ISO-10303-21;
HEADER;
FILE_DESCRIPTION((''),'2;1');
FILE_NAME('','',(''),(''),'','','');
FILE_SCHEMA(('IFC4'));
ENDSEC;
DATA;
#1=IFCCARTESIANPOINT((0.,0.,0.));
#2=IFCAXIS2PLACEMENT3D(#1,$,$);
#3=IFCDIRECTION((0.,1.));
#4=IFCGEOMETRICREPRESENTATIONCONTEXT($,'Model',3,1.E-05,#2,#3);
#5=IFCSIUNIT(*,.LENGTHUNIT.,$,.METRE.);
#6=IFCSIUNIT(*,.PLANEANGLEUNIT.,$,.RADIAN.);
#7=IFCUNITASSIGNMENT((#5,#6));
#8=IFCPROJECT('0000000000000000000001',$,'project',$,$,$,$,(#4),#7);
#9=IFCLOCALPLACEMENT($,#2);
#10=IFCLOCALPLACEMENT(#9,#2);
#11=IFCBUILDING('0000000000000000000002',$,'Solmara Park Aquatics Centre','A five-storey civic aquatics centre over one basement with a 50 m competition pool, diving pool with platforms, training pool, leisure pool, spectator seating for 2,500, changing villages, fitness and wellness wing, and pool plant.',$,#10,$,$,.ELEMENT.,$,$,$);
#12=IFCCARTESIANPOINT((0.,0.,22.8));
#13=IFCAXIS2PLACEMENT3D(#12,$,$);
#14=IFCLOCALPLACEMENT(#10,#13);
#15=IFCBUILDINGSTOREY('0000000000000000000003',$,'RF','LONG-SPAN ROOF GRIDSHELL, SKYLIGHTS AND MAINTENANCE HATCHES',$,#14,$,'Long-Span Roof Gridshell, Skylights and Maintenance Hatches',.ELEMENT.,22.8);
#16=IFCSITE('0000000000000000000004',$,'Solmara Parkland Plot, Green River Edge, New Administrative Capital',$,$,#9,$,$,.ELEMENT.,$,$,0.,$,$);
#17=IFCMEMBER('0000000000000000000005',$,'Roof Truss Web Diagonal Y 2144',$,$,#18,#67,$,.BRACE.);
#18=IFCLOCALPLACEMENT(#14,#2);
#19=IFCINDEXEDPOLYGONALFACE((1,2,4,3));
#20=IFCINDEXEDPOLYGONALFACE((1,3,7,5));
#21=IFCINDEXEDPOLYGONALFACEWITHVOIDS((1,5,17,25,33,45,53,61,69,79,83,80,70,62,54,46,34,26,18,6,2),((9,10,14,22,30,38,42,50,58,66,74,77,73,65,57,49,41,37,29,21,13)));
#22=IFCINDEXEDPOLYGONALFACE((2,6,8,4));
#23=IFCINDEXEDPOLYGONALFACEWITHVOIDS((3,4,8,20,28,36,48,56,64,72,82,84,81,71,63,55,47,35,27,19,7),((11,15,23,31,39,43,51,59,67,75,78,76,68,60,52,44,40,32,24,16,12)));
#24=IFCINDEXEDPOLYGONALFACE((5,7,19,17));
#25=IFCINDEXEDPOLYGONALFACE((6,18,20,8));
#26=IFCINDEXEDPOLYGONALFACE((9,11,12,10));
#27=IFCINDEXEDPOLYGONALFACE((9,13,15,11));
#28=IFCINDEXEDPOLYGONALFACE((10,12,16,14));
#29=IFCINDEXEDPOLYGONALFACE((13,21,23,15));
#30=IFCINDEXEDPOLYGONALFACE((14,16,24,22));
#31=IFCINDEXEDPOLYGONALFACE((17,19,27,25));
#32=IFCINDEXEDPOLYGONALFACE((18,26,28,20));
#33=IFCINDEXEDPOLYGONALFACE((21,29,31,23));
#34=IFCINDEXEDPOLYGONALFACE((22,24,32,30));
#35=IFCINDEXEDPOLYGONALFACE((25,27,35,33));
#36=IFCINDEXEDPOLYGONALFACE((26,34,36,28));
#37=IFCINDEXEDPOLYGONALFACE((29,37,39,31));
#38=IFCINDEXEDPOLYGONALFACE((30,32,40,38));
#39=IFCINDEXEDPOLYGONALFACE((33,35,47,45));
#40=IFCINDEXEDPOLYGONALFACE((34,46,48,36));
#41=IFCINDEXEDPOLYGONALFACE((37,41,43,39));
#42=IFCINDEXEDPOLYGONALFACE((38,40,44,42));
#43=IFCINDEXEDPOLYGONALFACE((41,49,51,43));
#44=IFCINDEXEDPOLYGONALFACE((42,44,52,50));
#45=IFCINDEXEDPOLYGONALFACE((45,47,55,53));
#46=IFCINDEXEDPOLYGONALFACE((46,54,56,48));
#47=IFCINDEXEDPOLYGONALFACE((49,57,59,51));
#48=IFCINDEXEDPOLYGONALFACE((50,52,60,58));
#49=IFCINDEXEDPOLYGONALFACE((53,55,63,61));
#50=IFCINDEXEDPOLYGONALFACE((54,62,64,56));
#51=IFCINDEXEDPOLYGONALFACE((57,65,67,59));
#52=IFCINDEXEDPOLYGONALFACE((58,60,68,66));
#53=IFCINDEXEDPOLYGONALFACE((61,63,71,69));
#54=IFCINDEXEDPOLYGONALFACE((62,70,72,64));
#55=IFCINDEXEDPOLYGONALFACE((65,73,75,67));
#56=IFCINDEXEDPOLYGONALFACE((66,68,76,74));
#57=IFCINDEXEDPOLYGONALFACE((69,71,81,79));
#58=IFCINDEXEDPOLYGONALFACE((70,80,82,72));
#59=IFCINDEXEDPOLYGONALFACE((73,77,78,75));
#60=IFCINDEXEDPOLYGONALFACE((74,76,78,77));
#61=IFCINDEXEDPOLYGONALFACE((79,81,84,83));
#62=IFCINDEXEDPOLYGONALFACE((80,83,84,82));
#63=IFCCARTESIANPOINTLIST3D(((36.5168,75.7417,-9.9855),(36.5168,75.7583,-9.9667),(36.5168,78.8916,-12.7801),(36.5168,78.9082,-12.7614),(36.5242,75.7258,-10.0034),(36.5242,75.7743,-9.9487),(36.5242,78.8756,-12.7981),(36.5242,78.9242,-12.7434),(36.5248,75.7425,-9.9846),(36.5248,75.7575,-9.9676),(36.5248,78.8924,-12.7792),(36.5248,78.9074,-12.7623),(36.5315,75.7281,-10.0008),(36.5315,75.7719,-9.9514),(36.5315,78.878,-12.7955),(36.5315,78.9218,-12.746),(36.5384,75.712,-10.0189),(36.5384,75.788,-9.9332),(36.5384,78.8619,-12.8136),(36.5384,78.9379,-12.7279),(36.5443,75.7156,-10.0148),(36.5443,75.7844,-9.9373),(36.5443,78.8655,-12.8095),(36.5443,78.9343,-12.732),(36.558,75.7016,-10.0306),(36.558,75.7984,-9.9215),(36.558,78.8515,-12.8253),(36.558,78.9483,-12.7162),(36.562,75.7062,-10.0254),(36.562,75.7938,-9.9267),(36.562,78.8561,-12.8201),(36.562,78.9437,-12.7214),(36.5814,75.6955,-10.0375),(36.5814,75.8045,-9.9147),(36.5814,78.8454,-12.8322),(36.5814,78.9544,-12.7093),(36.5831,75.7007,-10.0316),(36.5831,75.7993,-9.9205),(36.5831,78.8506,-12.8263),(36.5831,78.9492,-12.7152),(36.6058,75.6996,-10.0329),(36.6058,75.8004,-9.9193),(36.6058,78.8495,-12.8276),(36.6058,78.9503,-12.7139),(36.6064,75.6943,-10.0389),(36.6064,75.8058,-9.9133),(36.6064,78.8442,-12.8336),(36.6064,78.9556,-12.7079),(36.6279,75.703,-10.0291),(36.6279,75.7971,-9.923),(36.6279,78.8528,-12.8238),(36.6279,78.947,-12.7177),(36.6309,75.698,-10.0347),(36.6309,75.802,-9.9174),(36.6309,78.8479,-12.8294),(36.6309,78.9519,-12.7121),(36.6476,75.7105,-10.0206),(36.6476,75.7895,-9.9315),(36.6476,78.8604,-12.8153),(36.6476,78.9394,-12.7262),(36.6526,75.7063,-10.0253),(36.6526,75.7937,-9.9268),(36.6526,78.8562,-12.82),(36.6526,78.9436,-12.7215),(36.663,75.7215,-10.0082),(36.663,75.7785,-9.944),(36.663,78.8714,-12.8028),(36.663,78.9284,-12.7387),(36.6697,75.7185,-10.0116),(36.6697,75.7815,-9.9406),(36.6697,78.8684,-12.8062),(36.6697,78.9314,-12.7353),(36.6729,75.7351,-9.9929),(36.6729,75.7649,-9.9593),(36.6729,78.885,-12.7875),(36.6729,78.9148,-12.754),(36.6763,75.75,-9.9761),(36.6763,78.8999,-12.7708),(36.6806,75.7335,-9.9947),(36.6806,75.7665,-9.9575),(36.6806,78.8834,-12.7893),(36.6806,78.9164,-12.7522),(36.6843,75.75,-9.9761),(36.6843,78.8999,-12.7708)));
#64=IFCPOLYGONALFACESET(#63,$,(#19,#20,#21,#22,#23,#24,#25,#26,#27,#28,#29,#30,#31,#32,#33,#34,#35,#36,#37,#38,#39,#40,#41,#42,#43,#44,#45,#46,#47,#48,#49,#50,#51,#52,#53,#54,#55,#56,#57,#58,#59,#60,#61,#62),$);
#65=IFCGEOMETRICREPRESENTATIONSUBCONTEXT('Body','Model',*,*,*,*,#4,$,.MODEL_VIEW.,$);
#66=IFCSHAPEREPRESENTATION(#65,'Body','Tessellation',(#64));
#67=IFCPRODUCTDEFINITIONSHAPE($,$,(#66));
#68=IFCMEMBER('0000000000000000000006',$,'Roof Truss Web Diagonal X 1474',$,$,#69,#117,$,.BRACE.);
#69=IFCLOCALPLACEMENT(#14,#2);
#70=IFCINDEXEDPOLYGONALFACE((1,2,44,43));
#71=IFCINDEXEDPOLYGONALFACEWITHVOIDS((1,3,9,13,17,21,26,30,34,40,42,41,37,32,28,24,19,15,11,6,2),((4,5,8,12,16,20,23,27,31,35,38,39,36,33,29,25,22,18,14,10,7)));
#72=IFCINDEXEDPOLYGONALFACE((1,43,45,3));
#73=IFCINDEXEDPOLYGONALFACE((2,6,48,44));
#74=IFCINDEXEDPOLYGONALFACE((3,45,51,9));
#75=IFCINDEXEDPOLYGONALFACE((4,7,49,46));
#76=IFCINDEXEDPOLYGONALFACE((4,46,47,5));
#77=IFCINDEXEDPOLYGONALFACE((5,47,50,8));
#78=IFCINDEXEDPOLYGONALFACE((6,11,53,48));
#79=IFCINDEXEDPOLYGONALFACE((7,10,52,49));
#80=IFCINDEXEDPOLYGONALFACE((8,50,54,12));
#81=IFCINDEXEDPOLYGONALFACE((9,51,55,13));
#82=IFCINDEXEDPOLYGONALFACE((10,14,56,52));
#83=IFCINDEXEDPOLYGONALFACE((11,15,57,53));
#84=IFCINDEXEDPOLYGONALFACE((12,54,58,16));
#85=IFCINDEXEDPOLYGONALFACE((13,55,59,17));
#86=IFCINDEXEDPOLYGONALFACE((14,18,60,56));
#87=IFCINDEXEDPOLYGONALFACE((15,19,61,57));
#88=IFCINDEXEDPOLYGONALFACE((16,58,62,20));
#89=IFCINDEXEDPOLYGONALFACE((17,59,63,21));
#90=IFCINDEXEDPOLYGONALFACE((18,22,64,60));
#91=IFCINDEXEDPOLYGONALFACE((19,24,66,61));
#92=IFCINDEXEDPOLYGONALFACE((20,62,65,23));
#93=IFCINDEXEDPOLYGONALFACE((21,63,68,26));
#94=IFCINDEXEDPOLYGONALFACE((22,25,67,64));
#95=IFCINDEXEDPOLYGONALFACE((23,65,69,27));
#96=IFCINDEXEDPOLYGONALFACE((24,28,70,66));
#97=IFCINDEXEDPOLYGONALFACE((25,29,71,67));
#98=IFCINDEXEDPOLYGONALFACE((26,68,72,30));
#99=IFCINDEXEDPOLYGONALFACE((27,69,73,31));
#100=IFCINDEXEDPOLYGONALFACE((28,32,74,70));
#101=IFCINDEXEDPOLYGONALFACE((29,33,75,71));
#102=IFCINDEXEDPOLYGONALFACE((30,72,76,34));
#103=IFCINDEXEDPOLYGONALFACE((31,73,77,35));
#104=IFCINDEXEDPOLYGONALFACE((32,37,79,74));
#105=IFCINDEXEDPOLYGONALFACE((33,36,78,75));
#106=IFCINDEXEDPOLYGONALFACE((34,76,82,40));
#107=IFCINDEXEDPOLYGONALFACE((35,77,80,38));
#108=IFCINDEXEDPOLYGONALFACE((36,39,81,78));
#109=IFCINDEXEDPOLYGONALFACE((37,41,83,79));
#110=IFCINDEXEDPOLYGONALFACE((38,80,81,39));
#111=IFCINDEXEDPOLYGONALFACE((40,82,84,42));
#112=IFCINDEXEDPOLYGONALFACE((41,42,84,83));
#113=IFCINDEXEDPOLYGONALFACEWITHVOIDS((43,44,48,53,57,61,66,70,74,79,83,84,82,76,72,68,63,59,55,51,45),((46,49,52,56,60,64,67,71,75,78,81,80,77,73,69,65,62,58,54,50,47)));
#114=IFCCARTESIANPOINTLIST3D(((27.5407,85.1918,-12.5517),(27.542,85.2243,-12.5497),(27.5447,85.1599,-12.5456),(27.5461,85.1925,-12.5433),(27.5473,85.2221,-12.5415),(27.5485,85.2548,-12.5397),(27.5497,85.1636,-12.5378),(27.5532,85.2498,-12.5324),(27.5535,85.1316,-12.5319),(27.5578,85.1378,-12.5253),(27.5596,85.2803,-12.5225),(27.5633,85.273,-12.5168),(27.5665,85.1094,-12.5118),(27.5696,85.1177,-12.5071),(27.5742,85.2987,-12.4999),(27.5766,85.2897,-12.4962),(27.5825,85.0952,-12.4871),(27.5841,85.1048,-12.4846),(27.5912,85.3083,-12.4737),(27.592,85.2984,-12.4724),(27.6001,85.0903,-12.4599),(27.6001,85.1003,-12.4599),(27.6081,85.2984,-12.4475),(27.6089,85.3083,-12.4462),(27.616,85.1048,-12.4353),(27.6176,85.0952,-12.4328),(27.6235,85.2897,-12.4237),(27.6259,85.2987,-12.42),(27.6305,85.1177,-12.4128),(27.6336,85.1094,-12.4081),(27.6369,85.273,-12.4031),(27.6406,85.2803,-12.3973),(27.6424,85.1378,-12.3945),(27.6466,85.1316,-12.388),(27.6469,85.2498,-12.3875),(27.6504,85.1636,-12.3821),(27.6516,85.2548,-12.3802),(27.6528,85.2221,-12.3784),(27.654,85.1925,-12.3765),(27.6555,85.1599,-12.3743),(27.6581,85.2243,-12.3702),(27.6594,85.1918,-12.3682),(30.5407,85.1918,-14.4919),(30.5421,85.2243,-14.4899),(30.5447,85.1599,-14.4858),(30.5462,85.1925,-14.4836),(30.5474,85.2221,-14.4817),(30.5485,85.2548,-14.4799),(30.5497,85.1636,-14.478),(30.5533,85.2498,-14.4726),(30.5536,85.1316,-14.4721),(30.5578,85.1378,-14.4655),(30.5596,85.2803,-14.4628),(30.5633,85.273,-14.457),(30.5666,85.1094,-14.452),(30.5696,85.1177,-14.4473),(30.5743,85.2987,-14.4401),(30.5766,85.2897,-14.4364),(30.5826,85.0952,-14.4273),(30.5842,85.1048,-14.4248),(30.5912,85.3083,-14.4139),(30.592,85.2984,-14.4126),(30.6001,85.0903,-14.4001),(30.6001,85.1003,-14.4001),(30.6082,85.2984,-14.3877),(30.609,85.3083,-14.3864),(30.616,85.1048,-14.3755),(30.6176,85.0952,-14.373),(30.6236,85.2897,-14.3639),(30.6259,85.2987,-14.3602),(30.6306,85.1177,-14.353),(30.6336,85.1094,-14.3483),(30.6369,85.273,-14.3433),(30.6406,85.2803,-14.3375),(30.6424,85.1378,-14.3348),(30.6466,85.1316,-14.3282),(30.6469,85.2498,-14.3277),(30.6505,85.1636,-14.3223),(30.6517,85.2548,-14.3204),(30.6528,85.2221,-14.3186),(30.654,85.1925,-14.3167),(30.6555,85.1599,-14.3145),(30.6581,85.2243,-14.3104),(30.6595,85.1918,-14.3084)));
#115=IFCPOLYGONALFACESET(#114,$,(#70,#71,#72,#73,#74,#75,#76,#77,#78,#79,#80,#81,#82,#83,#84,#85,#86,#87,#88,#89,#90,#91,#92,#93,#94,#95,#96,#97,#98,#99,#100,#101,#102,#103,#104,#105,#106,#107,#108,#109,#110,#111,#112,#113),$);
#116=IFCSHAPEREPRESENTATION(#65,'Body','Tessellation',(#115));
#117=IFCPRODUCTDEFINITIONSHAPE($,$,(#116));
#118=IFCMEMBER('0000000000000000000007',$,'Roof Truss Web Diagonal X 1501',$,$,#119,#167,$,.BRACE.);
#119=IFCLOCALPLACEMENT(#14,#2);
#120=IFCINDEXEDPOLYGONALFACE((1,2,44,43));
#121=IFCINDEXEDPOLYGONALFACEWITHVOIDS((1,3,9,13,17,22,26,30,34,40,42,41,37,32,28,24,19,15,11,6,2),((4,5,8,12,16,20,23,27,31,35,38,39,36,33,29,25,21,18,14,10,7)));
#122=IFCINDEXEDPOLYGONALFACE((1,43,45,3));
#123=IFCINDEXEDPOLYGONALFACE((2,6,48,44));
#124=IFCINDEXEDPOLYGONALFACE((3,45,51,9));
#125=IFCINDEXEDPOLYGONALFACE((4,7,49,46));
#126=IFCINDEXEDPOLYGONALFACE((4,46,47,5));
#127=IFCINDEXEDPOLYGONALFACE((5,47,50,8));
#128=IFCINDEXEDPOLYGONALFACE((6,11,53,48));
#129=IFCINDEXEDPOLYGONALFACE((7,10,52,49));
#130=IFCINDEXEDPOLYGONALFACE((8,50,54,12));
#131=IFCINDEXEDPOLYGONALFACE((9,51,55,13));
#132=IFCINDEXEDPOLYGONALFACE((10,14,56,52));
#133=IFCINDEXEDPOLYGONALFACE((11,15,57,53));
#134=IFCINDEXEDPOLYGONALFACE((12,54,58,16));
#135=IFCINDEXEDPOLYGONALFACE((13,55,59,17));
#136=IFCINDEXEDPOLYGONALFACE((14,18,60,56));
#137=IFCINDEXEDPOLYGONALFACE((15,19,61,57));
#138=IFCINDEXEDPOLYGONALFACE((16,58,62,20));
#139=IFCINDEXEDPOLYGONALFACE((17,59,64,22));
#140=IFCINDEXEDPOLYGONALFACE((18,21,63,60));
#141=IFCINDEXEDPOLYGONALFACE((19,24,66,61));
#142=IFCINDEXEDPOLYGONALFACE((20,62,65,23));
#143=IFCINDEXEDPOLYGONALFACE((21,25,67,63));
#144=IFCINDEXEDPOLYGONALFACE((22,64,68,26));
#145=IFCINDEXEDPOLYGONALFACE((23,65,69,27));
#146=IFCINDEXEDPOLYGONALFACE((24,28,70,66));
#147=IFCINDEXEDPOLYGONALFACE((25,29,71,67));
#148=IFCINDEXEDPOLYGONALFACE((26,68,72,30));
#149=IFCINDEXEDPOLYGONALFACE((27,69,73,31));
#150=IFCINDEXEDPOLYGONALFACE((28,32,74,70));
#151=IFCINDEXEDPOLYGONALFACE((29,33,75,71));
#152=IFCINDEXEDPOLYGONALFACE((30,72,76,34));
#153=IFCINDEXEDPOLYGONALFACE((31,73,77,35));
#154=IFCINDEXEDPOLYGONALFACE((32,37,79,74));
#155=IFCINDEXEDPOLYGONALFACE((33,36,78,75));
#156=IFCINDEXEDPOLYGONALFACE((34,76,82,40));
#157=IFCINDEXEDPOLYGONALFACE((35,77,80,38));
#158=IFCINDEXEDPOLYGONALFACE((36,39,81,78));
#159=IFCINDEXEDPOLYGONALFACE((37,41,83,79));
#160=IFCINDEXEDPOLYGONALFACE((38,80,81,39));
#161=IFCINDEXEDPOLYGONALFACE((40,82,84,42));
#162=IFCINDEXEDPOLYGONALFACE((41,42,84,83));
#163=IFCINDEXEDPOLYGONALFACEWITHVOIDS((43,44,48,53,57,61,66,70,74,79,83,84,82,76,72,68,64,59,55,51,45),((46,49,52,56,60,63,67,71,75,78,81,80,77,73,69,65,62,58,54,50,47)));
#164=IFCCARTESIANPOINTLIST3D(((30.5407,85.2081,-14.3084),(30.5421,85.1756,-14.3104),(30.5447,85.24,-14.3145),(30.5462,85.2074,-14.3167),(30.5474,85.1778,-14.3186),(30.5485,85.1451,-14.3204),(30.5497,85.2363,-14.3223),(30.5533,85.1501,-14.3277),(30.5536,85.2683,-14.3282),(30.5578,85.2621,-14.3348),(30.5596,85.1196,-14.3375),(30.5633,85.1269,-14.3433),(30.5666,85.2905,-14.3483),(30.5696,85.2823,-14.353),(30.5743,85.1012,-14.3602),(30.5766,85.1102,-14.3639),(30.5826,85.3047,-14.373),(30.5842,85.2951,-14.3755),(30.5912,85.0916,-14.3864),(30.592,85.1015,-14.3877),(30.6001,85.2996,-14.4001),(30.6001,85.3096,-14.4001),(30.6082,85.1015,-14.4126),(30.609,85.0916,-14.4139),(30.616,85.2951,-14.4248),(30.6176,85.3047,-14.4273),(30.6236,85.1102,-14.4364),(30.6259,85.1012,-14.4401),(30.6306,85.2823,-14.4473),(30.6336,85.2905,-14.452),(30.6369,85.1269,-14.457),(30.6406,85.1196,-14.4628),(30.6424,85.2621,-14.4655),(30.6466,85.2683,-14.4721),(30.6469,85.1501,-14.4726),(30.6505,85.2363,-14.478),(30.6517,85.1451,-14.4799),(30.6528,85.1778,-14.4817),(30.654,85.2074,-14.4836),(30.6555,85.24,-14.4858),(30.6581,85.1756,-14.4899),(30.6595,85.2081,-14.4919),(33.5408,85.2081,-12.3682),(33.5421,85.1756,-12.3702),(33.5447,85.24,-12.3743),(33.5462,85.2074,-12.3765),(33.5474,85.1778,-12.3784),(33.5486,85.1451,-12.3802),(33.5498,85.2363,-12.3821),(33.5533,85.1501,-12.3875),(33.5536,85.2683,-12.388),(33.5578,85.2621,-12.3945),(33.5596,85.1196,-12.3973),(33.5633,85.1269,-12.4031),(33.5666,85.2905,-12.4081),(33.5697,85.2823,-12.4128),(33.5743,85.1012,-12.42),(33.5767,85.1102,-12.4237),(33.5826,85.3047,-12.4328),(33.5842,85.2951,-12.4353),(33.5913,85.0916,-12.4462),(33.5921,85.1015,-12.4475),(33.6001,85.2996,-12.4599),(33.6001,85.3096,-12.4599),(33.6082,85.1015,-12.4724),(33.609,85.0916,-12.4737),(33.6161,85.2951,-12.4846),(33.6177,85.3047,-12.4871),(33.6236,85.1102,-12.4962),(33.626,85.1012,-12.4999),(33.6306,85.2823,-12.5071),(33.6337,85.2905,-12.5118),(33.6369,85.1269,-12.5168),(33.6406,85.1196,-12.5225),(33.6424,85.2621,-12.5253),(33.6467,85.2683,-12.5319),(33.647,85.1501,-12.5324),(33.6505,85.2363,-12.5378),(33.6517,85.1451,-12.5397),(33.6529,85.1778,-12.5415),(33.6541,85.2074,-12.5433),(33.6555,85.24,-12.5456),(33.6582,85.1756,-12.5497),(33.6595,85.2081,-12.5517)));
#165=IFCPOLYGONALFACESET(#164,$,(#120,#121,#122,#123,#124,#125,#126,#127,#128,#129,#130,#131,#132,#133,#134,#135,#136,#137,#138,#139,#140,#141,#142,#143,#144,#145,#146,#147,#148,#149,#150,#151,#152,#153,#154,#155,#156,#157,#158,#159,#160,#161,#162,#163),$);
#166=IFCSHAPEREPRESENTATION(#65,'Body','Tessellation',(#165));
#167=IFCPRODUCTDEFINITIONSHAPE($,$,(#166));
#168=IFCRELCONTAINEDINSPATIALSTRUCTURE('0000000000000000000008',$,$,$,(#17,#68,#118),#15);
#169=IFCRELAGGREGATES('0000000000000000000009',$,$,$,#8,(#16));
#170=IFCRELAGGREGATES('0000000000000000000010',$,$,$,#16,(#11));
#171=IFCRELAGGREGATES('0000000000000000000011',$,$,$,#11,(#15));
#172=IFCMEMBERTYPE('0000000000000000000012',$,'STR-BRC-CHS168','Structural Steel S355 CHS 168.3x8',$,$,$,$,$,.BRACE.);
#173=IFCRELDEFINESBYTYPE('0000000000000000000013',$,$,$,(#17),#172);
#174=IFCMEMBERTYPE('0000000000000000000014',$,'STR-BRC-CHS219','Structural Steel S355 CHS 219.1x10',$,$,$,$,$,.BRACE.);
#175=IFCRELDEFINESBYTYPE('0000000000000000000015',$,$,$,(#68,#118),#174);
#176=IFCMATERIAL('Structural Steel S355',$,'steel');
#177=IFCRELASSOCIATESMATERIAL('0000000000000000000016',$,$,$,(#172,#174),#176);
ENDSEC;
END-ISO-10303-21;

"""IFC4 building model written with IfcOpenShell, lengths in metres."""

from ifc_helpers import new_model, si_unit, direction, frame, origin, origin_2d, place, context, subcontext, project, spatial, hollow_circle, extrude, material, material_profile, profile_set, type_object, element, save


model = new_model("IFC4")

# Units and contexts
model_context = context("Model", 3, precision=1e-05, world=origin(), true_north=direction((0.0, 1.0)))
body_context = subcontext(model_context, "Body", "Model", "MODEL_VIEW")
ifc_project = project(units=[si_unit("LENGTHUNIT", "METRE"), si_unit("PLANEANGLEUNIT", "RADIAN")], contexts=[model_context])

# Site, building, storey
site_placement = place(None, origin())
site = spatial("IfcSite", under=ifc_project, at=site_placement, Name="Solmara Parkland Plot, Green River Edge, New Administrative Capital", CompositionType="ELEMENT", RefElevation=0.0)
building_placement = place(site_placement, origin())
building = spatial("IfcBuilding", under=site, at=building_placement, Name="Solmara Park Aquatics Centre", Description="A five-storey civic aquatics centre over one basement with a 50 m competition pool, diving pool with platforms, training pool, leisure pool, spectator seating for 2,500, changing villages, fitness and wellness wing, and pool plant.", CompositionType="ELEMENT")
storey_placement = place(building_placement, frame((0.0, 0.0, 22.8)))
storey = spatial("IfcBuildingStorey", under=building, at=storey_placement, Name="RF", Description="LONG-SPAN ROOF GRIDSHELL, SKYLIGHTS AND MAINTENANCE HATCHES", LongName="Long-Span Roof Gridshell, Skylights and Maintenance Hatches", CompositionType="ELEMENT", Elevation=22.8)

# Members
ifc_material_1 = material(Name="Structural Steel S355", Category="steel")
ifc_material_profile_1 = material_profile(ifc_material_1, hollow_circle(Radius=0.0842, WallThickness=0.0081, at=origin_2d()), Name="CHS 168.3x8")
ifc_profile_set_1 = profile_set([ifc_material_profile_1], Name="Structural Steel S355")
member_type_1 = type_object("IfcMemberType", Name="STR-BRC-CHS168", Description="Structural Steel S355 CHS 168.3x8", PredefinedType="BRACE", material=ifc_profile_set_1)
member_1_placement = place(storey_placement, frame((36.6001, 78.8999, -12.7708), z_axis=(0.0, -0.748026, 0.663669), x_axis=(1.0, 0.0, 0.0)))
element("IfcMember", 1, at=member_1_placement, inside=storey, type_object=member_type_1, Name="Roof Truss Web Diagonal Y 2144", PredefinedType="BRACE", context=body_context, shape_type="SweptSolid", body=[
    extrude(hollow_circle(Radius=0.0842, WallThickness=0.0081, at=origin_2d()), origin(), (0.0, 0.0, 1.0), 4.2109),
])
ifc_material_profile_2 = material_profile(ifc_material_1, hollow_circle(Radius=0.1096, WallThickness=0.01, at=origin_2d()), Name="CHS 219.1x10")
ifc_profile_set_2 = profile_set([ifc_material_profile_2], Name="Structural Steel S355")
member_type_2 = type_object("IfcMemberType", Name="STR-BRC-CHS219", Description="Structural Steel S355 CHS 219.1x10", PredefinedType="BRACE", material=ifc_profile_set_2)
for number, where, z_axis, x_axis, name in (
    (2, (30.6001, 85.2, -14.4001), (-0.839697, 0.0, 0.543056), (0.0, -1.0, 0.0), "Roof Truss Web Diagonal X 1474"),
    (3, (30.6001, 85.2, -14.4001), (0.839697, 0.0, 0.543056), (0.0, 1.0, 0.0), "Roof Truss Web Diagonal X 1501"),
):
    element("IfcMember", number, at=place(storey_placement, frame(where, z_axis=z_axis, x_axis=x_axis)), inside=storey, type_object=member_type_2, Name=name, PredefinedType="BRACE", context=body_context, shape_type="SweptSolid", body=[
        extrude(hollow_circle(Radius=0.1096, WallThickness=0.01, at=origin_2d()), origin(), (0.0, 0.0, 1.0), 3.5728),
    ])

save(model, "model.ifc")
